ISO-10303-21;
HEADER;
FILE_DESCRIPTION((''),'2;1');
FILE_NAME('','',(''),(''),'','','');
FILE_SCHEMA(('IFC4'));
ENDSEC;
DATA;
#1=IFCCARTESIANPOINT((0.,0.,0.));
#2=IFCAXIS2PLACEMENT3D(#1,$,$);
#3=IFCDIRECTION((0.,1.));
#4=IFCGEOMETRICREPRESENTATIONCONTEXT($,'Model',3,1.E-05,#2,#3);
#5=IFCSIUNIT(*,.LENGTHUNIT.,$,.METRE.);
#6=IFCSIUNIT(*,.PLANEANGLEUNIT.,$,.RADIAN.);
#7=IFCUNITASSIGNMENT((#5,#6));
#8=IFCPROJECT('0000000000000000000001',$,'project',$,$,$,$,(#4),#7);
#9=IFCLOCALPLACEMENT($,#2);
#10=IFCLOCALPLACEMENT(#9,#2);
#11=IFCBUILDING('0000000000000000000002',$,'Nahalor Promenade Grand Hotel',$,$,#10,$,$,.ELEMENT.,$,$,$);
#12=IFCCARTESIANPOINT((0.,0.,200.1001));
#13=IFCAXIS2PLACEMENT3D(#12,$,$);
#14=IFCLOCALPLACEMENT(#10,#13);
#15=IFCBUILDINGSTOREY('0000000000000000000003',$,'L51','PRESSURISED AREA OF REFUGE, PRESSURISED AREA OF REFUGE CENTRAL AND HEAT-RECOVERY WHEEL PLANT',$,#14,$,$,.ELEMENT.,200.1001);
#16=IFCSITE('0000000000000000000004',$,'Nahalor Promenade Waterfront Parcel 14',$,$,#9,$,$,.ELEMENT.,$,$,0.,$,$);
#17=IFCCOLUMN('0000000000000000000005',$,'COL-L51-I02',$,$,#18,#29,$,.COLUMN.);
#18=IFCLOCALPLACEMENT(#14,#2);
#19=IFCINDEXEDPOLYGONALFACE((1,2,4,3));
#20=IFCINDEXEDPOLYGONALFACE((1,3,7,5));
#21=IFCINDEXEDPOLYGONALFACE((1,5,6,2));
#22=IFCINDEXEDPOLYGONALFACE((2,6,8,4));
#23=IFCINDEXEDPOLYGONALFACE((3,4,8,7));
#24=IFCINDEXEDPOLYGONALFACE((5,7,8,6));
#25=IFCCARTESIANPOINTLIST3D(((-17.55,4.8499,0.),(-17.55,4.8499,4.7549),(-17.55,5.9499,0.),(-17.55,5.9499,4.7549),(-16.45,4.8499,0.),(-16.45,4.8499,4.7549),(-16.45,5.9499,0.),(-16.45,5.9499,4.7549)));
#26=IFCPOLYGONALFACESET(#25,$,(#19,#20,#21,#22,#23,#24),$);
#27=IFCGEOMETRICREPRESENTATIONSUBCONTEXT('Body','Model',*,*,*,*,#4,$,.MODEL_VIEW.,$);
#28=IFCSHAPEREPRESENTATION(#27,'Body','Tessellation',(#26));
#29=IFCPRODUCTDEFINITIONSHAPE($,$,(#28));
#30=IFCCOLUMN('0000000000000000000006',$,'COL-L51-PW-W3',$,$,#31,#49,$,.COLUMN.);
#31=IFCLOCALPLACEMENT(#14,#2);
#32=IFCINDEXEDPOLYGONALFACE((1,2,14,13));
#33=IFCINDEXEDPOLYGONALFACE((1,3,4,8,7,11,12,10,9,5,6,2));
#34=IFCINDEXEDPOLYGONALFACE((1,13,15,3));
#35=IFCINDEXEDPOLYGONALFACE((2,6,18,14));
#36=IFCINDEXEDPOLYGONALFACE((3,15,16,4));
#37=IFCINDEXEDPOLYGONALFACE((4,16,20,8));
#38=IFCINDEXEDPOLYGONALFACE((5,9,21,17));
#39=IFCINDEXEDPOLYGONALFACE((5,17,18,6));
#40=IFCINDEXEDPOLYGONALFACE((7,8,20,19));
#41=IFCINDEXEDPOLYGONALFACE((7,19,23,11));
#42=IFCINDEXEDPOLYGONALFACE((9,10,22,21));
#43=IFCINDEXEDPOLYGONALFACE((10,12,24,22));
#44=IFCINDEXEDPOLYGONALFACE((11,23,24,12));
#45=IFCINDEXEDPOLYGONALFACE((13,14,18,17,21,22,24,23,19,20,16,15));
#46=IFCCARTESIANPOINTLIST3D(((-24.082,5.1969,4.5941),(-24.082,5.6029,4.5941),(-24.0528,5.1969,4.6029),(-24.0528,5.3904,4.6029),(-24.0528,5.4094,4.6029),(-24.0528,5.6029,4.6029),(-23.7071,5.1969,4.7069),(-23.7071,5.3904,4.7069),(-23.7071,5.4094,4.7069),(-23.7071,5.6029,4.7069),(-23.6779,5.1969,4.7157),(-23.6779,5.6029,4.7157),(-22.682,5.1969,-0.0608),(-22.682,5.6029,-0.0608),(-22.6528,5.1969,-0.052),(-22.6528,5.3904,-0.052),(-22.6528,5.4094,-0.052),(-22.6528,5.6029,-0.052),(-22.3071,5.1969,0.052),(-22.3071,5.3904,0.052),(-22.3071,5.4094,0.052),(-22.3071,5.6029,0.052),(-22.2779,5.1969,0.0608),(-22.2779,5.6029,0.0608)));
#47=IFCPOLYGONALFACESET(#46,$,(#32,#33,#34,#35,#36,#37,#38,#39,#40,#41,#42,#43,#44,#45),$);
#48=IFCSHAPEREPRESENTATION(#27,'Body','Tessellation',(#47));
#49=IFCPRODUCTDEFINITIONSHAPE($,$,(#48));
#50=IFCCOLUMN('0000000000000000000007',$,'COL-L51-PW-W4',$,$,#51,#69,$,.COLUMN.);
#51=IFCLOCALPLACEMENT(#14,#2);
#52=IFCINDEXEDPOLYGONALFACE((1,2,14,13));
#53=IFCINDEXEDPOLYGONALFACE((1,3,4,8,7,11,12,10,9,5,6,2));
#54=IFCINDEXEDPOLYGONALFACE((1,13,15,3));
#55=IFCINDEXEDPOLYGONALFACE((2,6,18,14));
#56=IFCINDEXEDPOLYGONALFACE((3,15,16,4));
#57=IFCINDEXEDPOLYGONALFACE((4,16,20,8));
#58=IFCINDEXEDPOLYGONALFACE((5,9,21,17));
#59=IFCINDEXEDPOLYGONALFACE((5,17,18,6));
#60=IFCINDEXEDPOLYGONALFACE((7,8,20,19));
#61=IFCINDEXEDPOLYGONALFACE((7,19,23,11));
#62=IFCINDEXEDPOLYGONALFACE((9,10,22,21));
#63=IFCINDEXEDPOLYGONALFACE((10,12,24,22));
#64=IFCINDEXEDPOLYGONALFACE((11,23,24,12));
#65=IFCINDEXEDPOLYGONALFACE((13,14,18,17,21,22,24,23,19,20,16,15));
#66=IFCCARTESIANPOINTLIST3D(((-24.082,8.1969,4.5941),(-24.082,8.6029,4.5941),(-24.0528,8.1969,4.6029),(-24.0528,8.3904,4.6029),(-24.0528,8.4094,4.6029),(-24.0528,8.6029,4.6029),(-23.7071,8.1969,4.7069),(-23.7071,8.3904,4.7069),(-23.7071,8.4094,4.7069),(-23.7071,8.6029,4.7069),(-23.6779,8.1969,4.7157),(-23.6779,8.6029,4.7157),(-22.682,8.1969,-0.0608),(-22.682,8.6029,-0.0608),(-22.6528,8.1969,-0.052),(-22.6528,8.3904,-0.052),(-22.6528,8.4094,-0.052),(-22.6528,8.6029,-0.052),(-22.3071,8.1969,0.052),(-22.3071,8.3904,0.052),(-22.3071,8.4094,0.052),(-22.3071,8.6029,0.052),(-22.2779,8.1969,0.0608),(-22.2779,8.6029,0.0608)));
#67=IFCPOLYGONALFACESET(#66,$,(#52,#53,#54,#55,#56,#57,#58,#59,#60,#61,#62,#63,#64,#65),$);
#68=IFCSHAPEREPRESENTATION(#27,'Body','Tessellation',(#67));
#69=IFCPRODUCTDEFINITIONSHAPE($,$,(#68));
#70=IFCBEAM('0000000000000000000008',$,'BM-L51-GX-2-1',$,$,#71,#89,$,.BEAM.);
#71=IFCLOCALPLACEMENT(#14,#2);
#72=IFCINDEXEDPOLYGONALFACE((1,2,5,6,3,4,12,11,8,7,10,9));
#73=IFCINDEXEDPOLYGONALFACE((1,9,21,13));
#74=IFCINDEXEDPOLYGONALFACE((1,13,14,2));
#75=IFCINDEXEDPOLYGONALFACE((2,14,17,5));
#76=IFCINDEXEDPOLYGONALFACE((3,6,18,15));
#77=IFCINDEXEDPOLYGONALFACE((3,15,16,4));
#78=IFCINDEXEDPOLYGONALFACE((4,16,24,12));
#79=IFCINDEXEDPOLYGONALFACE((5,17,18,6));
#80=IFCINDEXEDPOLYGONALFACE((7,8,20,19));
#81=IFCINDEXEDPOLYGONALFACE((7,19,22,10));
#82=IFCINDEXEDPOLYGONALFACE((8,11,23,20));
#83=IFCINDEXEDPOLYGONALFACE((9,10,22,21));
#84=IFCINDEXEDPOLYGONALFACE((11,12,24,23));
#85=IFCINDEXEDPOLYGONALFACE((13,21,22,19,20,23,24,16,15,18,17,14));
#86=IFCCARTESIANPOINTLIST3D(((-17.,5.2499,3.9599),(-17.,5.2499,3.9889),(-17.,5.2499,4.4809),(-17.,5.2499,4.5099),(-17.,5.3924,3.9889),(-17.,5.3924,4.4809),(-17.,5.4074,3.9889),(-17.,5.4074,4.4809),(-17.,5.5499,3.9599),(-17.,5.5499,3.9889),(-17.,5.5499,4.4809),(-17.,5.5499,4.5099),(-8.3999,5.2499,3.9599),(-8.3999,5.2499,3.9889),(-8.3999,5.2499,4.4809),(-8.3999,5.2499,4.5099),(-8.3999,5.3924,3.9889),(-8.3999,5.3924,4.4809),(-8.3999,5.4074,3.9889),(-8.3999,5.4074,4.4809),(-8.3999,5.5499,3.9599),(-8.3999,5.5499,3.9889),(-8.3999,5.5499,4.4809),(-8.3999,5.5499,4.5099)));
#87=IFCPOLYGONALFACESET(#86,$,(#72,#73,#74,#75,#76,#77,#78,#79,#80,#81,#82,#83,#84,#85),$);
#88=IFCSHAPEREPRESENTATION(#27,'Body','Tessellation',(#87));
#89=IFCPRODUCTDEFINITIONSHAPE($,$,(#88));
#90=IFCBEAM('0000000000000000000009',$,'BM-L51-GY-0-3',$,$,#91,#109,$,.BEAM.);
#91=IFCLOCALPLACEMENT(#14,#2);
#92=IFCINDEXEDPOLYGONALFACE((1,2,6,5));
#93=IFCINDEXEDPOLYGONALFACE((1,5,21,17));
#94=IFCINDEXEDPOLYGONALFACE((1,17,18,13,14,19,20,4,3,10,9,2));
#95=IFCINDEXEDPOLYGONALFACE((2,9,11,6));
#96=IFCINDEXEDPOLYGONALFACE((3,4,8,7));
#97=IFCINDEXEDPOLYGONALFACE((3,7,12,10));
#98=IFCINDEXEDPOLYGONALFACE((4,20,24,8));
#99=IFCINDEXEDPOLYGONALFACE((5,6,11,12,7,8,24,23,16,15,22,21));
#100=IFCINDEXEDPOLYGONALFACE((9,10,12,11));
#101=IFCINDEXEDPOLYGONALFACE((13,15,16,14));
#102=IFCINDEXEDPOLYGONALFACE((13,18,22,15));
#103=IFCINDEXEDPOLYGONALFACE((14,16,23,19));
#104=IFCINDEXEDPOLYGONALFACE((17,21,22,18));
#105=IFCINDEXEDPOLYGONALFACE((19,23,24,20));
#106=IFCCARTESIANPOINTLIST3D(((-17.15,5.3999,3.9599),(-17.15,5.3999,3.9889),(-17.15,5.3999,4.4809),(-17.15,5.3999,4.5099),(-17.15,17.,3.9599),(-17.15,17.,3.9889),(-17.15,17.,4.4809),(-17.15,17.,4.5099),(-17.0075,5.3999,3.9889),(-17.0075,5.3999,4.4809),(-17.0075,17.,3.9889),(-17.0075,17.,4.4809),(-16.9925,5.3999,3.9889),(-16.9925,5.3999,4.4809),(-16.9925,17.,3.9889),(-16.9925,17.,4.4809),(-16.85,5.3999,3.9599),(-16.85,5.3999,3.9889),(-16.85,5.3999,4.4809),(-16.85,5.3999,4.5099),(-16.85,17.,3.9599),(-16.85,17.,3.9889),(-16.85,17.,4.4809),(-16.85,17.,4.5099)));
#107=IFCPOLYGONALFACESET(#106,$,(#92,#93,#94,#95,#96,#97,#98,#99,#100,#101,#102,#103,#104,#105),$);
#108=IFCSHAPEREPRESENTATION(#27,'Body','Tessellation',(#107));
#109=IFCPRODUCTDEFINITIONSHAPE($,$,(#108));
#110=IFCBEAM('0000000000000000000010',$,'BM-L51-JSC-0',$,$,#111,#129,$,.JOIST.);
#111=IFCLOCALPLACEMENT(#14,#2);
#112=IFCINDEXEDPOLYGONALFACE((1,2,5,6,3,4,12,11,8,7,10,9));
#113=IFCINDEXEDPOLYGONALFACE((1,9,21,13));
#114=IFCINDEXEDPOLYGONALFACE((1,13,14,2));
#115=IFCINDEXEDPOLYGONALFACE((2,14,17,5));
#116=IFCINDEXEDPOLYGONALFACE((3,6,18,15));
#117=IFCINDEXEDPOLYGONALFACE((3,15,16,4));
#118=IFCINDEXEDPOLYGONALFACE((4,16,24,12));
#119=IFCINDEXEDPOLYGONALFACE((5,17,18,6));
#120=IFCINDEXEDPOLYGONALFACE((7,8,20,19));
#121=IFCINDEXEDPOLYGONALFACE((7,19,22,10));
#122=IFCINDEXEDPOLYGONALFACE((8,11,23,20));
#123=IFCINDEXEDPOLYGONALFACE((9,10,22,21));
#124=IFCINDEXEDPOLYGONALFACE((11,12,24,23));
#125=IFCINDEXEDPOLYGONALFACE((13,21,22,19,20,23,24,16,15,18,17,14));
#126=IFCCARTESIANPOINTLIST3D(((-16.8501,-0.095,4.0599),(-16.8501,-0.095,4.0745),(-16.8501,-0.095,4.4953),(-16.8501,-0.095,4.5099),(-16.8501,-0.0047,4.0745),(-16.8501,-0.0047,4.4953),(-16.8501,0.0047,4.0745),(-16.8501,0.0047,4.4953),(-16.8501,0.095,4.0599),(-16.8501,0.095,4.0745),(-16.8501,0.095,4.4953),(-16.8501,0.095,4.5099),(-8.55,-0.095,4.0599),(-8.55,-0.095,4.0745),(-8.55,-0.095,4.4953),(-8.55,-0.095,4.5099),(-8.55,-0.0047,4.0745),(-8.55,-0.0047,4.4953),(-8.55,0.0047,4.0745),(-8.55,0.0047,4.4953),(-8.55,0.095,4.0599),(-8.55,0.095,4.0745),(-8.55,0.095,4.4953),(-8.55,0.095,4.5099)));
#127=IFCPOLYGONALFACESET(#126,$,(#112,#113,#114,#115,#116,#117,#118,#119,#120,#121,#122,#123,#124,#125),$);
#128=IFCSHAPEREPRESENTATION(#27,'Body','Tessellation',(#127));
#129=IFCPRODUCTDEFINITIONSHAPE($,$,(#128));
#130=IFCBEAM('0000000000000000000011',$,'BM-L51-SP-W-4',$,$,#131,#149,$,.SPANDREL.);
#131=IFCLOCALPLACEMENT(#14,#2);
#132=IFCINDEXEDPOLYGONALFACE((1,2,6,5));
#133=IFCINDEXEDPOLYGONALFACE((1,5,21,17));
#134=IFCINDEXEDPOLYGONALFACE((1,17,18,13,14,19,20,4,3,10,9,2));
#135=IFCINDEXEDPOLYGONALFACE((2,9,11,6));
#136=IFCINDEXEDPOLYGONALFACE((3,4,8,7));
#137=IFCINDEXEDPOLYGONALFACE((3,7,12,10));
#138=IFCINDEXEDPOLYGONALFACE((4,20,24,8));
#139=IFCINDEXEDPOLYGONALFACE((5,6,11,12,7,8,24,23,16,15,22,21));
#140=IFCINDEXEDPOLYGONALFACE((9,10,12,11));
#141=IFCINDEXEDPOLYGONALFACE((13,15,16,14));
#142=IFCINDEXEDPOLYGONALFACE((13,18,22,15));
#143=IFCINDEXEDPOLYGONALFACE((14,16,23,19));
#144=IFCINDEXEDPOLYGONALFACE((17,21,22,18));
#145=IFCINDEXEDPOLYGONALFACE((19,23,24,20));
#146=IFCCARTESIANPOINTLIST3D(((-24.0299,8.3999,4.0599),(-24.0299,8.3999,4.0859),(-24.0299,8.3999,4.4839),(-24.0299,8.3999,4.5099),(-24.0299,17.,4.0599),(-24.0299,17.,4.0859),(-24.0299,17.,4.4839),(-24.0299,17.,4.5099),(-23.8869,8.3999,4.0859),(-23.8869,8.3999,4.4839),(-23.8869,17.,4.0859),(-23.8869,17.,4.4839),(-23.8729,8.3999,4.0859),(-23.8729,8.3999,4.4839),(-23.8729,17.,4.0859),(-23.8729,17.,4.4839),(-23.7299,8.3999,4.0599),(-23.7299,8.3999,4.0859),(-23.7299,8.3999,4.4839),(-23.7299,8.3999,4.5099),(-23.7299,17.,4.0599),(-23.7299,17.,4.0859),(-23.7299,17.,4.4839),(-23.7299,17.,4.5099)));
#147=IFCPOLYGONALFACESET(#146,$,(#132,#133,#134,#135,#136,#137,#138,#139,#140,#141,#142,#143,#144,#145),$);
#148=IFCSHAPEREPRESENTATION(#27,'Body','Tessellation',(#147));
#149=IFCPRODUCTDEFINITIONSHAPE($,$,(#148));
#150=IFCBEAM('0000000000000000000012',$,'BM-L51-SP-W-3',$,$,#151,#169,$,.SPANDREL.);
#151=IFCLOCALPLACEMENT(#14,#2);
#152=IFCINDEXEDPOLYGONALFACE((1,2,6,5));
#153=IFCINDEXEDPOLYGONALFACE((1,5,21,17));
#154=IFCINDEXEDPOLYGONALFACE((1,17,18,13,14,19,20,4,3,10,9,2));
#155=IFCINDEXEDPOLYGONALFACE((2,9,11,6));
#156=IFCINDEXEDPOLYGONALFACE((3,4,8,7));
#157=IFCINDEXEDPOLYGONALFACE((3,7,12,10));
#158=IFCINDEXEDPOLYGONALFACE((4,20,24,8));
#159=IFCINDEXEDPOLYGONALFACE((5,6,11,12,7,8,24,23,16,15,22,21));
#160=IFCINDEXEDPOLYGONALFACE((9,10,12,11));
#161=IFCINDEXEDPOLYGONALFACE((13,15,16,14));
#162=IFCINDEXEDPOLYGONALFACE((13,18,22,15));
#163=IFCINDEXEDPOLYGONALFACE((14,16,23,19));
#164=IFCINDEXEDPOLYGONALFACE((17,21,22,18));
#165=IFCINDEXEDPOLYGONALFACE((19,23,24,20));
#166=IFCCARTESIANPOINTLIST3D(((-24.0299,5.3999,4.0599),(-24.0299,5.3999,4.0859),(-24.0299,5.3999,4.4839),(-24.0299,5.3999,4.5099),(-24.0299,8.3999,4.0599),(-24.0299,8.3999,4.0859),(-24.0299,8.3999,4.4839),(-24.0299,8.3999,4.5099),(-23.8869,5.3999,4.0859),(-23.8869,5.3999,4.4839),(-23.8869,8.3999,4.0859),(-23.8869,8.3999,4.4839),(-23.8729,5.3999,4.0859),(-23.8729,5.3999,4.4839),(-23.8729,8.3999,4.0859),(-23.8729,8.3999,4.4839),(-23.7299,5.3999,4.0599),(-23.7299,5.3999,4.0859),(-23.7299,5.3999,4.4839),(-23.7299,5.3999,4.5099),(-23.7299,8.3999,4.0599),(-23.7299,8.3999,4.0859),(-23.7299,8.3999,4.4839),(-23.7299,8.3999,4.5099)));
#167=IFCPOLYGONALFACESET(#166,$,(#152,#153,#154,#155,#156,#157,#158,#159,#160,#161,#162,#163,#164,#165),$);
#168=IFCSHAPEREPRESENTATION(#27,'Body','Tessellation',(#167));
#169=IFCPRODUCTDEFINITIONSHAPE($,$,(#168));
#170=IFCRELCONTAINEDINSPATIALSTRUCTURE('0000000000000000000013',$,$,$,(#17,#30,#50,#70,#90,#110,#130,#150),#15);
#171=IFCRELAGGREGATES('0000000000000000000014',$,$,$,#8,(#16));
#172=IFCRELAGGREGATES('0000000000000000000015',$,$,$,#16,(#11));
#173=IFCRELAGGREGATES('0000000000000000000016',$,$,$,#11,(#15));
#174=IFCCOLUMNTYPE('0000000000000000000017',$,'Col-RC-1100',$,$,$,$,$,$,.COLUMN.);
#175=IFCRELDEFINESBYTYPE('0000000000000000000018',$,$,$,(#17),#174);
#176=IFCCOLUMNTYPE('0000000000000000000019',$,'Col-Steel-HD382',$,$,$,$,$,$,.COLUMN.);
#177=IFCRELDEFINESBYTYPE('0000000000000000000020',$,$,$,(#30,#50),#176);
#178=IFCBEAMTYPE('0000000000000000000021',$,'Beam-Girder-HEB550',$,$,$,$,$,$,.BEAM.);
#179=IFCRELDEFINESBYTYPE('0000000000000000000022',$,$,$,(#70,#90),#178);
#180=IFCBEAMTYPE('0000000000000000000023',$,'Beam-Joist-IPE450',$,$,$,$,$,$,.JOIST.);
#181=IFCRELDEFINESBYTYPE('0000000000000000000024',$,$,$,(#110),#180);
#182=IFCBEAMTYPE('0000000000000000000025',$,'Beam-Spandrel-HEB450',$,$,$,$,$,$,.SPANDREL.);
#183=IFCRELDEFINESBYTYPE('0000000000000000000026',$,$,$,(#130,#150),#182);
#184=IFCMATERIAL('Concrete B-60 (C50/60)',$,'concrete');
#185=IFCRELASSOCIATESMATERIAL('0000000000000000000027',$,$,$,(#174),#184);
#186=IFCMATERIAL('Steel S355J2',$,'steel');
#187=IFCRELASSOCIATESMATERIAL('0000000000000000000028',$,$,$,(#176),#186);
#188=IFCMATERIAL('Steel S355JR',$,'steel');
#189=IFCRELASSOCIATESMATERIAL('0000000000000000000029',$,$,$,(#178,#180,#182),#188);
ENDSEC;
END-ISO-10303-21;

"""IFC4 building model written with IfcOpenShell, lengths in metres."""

from ifc_helpers import new_model, si_unit, direction, frame, origin, origin_2d, place, context, subcontext, project, spatial, rectangle, i_section, extrude, source, transform, mapped, material, material_profile, profile_set, type_object, element, save


model = new_model("IFC4")

# Units and contexts
model_context = context("Model", 3, precision=1e-05, world=origin(), true_north=direction((0.0, 1.0)))
body_context = subcontext(model_context, "Body", "Model", "MODEL_VIEW")
ifc_project = project(units=[si_unit("LENGTHUNIT", "METRE"), si_unit("PLANEANGLEUNIT", "RADIAN")], contexts=[model_context])

# Site, building, storey
site_placement = place(None, origin())
site = spatial("IfcSite", under=ifc_project, at=site_placement, Name="Nahalor Promenade Waterfront Parcel 14", CompositionType="ELEMENT", RefElevation=0.0)
building_placement = place(site_placement, origin())
building = spatial("IfcBuilding", under=site, at=building_placement, Name="Nahalor Promenade Grand Hotel", CompositionType="ELEMENT")
storey_placement = place(building_placement, frame((0.0, 0.0, 200.1001)))
storey = spatial("IfcBuildingStorey", under=building, at=storey_placement, Name="L51", Description="PRESSURISED AREA OF REFUGE, PRESSURISED AREA OF REFUGE CENTRAL AND HEAT-RECOVERY WHEEL PLANT", CompositionType="ELEMENT", Elevation=200.1001)

# Columns
ifc_material_1 = material(Name="Concrete B-60 (C50/60)", Category="concrete")
ifc_material_profile_1 = material_profile(ifc_material_1, rectangle(XDim=1.1, YDim=1.1, at=origin_2d()), Name="RC 1100x1100")
ifc_profile_set_1 = profile_set([ifc_material_profile_1], Name="Concrete B-60 (C50/60)")
column_type_1 = type_object("IfcColumnType", Name="Col-RC-1100", PredefinedType="COLUMN", material=ifc_profile_set_1)
shared_shape_1 = source(origin(), body_context, "Body", "SweptSolid", [
    extrude(rectangle(XDim=1.1, YDim=1.1, at=origin_2d()), origin(), (0.0, 0.0, 1.0), 4.7549),
])
column_placement = place(storey_placement, frame((-17.0, 5.3999, 0.0), z_axis=(0.0, 0.0, 1.0), x_axis=(1.0, 0.0, 0.0)))
element("IfcColumn", 1, at=column_placement, inside=storey, type_object=column_type_1, Name="COL-L51-I02", PredefinedType="COLUMN", context=body_context, shape_type="MappedRepresentation", body=[
    mapped(shared_shape_1, transform((0.0, 0.0, 0.0), scale=1.0)),
])
ifc_material_2 = material(Name="Steel S355J2", Category="steel")
ifc_material_profile_2 = material_profile(ifc_material_2, i_section(OverallWidth=0.406, OverallDepth=0.422, WebThickness=0.019, FlangeThickness=0.0305, at=origin_2d()), Name="HD 400x382")
ifc_profile_set_2 = profile_set([ifc_material_profile_2], Name="Steel S355J2")
column_type_2 = type_object("IfcColumnType", Name="Col-Steel-HD382", PredefinedType="COLUMN", material=ifc_profile_set_2)
shared_shape_2 = source(origin(), body_context, "Body", "SweptSolid", [
    extrude(i_section(OverallWidth=0.406, OverallDepth=0.422, WebThickness=0.019, FlangeThickness=0.0305, at=origin_2d()), origin(), (0.0, 0.0, 1.0), 4.8608),
])
for number, where, z_axis, x_axis, name in (
    (2, (-22.48, 5.3999, 0.0), (-0.288002, 0.0, 0.95763), (0.0, -1.0, 0.0), "COL-L51-PW-W3"),
    (3, (-22.48, 8.3999, 0.0), (-0.288002, 0.0, 0.95763), (0.0, -1.0, 0.0), "COL-L51-PW-W4"),
):
    element("IfcColumn", number, at=place(storey_placement, frame(where, z_axis=z_axis, x_axis=x_axis)), inside=storey, type_object=column_type_2, Name=name, PredefinedType="COLUMN", context=body_context, shape_type="MappedRepresentation", body=[
        mapped(shared_shape_2, transform((0.0, 0.0, 0.0), scale=1.0)),
    ])

# Beams
ifc_material_3 = material(Name="Steel S355JR", Category="steel")
ifc_material_profile_3 = material_profile(ifc_material_3, i_section(OverallWidth=0.3, OverallDepth=0.55, WebThickness=0.015, FlangeThickness=0.029, at=origin_2d()), Name="HEB 550")
ifc_profile_set_3 = profile_set([ifc_material_profile_3], Name="Steel S355JR")
beam_type_1 = type_object("IfcBeamType", Name="Beam-Girder-HEB550", PredefinedType="BEAM", material=ifc_profile_set_3)
shared_shape_3 = source(origin(), body_context, "Body", "SweptSolid", [
    extrude(i_section(OverallWidth=0.3, OverallDepth=0.55, WebThickness=0.015, FlangeThickness=0.029, at=origin_2d()), origin(), (0.0, 0.0, 1.0), 8.6001),
])
beam_1_placement = place(storey_placement, frame((-17.0, 5.3999, 4.2349), z_axis=(1.0, 0.0, 0.0), x_axis=(0.0, 1.0, 0.0)))
element("IfcBeam", 4, at=beam_1_placement, inside=storey, type_object=beam_type_1, Name="BM-L51-GX-2-1", PredefinedType="BEAM", context=body_context, shape_type="MappedRepresentation", body=[
    mapped(shared_shape_3, transform((0.0, 0.0, 0.0), scale=1.0)),
])
shared_shape_4 = source(origin(), body_context, "Body", "SweptSolid", [
    extrude(i_section(OverallWidth=0.3, OverallDepth=0.55, WebThickness=0.015, FlangeThickness=0.029, at=origin_2d()), origin(), (0.0, 0.0, 1.0), 11.6001),
])
beam_2_placement = place(storey_placement, frame((-17.0, 5.3999, 4.2349), z_axis=(0.0, 1.0, 0.0), x_axis=(-1.0, 0.0, 0.0)))
element("IfcBeam", 5, at=beam_2_placement, inside=storey, type_object=beam_type_1, Name="BM-L51-GY-0-3", PredefinedType="BEAM", context=body_context, shape_type="MappedRepresentation", body=[
    mapped(shared_shape_4, transform((0.0, 0.0, 0.0), scale=1.0)),
])
ifc_material_profile_4 = material_profile(ifc_material_3, i_section(OverallWidth=0.19, OverallDepth=0.45, WebThickness=0.0094, FlangeThickness=0.0146, at=origin_2d()), Name="IPE 450")
ifc_profile_set_4 = profile_set([ifc_material_profile_4], Name="Steel S355JR")
beam_type_2 = type_object("IfcBeamType", Name="Beam-Joist-IPE450", PredefinedType="JOIST", material=ifc_profile_set_4)
shared_shape_5 = source(origin(), body_context, "Body", "SweptSolid", [
    extrude(i_section(OverallWidth=0.19, OverallDepth=0.45, WebThickness=0.0094, FlangeThickness=0.0146, at=origin_2d()), origin(), (0.0, 0.0, 1.0), 8.3),
])
beam_3_placement = place(storey_placement, frame((-16.8501, 0.0, 4.2849), z_axis=(1.0, 0.0, 0.0), x_axis=(0.0, 1.0, 0.0)))
element("IfcBeam", 6, at=beam_3_placement, inside=storey, type_object=beam_type_2, Name="BM-L51-JSC-0", PredefinedType="JOIST", context=body_context, shape_type="MappedRepresentation", body=[
    mapped(shared_shape_5, transform((0.0, 0.0, 0.0), scale=1.0)),
])
ifc_material_profile_5 = material_profile(ifc_material_3, i_section(OverallWidth=0.3, OverallDepth=0.45, WebThickness=0.014, FlangeThickness=0.026, at=origin_2d()), Name="HEB 450")
ifc_profile_set_5 = profile_set([ifc_material_profile_5], Name="Steel S355JR")
beam_type_3 = type_object("IfcBeamType", Name="Beam-Spandrel-HEB450", PredefinedType="SPANDREL", material=ifc_profile_set_5)
shared_shape_6 = source(origin(), body_context, "Body", "SweptSolid", [
    extrude(i_section(OverallWidth=0.3, OverallDepth=0.45, WebThickness=0.014, FlangeThickness=0.026, at=origin_2d()), origin(), (0.0, 0.0, 1.0), 8.6001),
])
beam_4_placement = place(storey_placement, frame((-23.8799, 8.3999, 4.2849), z_axis=(0.0, 1.0, 0.0), x_axis=(-1.0, 0.0, 0.0)))
element("IfcBeam", 7, at=beam_4_placement, inside=storey, type_object=beam_type_3, Name="BM-L51-SP-W-4", PredefinedType="SPANDREL", context=body_context, shape_type="MappedRepresentation", body=[
    mapped(shared_shape_6, transform((0.0, 0.0, 0.0), scale=1.0)),
])
shared_shape_7 = source(origin(), body_context, "Body", "SweptSolid", [
    extrude(i_section(OverallWidth=0.3, OverallDepth=0.45, WebThickness=0.014, FlangeThickness=0.026, at=origin_2d()), origin(), (0.0, 0.0, 1.0), 3.0),
])
beam_5_placement = place(storey_placement, frame((-23.8799, 5.3999, 4.2849), z_axis=(0.0, 1.0, 0.0), x_axis=(-1.0, 0.0, 0.0)))
element("IfcBeam", 8, at=beam_5_placement, inside=storey, type_object=beam_type_3, Name="BM-L51-SP-W-3", PredefinedType="SPANDREL", context=body_context, shape_type="MappedRepresentation", body=[
    mapped(shared_shape_7, transform((0.0, 0.0, 0.0), scale=1.0)),
])

save(model, "model.ifc")
